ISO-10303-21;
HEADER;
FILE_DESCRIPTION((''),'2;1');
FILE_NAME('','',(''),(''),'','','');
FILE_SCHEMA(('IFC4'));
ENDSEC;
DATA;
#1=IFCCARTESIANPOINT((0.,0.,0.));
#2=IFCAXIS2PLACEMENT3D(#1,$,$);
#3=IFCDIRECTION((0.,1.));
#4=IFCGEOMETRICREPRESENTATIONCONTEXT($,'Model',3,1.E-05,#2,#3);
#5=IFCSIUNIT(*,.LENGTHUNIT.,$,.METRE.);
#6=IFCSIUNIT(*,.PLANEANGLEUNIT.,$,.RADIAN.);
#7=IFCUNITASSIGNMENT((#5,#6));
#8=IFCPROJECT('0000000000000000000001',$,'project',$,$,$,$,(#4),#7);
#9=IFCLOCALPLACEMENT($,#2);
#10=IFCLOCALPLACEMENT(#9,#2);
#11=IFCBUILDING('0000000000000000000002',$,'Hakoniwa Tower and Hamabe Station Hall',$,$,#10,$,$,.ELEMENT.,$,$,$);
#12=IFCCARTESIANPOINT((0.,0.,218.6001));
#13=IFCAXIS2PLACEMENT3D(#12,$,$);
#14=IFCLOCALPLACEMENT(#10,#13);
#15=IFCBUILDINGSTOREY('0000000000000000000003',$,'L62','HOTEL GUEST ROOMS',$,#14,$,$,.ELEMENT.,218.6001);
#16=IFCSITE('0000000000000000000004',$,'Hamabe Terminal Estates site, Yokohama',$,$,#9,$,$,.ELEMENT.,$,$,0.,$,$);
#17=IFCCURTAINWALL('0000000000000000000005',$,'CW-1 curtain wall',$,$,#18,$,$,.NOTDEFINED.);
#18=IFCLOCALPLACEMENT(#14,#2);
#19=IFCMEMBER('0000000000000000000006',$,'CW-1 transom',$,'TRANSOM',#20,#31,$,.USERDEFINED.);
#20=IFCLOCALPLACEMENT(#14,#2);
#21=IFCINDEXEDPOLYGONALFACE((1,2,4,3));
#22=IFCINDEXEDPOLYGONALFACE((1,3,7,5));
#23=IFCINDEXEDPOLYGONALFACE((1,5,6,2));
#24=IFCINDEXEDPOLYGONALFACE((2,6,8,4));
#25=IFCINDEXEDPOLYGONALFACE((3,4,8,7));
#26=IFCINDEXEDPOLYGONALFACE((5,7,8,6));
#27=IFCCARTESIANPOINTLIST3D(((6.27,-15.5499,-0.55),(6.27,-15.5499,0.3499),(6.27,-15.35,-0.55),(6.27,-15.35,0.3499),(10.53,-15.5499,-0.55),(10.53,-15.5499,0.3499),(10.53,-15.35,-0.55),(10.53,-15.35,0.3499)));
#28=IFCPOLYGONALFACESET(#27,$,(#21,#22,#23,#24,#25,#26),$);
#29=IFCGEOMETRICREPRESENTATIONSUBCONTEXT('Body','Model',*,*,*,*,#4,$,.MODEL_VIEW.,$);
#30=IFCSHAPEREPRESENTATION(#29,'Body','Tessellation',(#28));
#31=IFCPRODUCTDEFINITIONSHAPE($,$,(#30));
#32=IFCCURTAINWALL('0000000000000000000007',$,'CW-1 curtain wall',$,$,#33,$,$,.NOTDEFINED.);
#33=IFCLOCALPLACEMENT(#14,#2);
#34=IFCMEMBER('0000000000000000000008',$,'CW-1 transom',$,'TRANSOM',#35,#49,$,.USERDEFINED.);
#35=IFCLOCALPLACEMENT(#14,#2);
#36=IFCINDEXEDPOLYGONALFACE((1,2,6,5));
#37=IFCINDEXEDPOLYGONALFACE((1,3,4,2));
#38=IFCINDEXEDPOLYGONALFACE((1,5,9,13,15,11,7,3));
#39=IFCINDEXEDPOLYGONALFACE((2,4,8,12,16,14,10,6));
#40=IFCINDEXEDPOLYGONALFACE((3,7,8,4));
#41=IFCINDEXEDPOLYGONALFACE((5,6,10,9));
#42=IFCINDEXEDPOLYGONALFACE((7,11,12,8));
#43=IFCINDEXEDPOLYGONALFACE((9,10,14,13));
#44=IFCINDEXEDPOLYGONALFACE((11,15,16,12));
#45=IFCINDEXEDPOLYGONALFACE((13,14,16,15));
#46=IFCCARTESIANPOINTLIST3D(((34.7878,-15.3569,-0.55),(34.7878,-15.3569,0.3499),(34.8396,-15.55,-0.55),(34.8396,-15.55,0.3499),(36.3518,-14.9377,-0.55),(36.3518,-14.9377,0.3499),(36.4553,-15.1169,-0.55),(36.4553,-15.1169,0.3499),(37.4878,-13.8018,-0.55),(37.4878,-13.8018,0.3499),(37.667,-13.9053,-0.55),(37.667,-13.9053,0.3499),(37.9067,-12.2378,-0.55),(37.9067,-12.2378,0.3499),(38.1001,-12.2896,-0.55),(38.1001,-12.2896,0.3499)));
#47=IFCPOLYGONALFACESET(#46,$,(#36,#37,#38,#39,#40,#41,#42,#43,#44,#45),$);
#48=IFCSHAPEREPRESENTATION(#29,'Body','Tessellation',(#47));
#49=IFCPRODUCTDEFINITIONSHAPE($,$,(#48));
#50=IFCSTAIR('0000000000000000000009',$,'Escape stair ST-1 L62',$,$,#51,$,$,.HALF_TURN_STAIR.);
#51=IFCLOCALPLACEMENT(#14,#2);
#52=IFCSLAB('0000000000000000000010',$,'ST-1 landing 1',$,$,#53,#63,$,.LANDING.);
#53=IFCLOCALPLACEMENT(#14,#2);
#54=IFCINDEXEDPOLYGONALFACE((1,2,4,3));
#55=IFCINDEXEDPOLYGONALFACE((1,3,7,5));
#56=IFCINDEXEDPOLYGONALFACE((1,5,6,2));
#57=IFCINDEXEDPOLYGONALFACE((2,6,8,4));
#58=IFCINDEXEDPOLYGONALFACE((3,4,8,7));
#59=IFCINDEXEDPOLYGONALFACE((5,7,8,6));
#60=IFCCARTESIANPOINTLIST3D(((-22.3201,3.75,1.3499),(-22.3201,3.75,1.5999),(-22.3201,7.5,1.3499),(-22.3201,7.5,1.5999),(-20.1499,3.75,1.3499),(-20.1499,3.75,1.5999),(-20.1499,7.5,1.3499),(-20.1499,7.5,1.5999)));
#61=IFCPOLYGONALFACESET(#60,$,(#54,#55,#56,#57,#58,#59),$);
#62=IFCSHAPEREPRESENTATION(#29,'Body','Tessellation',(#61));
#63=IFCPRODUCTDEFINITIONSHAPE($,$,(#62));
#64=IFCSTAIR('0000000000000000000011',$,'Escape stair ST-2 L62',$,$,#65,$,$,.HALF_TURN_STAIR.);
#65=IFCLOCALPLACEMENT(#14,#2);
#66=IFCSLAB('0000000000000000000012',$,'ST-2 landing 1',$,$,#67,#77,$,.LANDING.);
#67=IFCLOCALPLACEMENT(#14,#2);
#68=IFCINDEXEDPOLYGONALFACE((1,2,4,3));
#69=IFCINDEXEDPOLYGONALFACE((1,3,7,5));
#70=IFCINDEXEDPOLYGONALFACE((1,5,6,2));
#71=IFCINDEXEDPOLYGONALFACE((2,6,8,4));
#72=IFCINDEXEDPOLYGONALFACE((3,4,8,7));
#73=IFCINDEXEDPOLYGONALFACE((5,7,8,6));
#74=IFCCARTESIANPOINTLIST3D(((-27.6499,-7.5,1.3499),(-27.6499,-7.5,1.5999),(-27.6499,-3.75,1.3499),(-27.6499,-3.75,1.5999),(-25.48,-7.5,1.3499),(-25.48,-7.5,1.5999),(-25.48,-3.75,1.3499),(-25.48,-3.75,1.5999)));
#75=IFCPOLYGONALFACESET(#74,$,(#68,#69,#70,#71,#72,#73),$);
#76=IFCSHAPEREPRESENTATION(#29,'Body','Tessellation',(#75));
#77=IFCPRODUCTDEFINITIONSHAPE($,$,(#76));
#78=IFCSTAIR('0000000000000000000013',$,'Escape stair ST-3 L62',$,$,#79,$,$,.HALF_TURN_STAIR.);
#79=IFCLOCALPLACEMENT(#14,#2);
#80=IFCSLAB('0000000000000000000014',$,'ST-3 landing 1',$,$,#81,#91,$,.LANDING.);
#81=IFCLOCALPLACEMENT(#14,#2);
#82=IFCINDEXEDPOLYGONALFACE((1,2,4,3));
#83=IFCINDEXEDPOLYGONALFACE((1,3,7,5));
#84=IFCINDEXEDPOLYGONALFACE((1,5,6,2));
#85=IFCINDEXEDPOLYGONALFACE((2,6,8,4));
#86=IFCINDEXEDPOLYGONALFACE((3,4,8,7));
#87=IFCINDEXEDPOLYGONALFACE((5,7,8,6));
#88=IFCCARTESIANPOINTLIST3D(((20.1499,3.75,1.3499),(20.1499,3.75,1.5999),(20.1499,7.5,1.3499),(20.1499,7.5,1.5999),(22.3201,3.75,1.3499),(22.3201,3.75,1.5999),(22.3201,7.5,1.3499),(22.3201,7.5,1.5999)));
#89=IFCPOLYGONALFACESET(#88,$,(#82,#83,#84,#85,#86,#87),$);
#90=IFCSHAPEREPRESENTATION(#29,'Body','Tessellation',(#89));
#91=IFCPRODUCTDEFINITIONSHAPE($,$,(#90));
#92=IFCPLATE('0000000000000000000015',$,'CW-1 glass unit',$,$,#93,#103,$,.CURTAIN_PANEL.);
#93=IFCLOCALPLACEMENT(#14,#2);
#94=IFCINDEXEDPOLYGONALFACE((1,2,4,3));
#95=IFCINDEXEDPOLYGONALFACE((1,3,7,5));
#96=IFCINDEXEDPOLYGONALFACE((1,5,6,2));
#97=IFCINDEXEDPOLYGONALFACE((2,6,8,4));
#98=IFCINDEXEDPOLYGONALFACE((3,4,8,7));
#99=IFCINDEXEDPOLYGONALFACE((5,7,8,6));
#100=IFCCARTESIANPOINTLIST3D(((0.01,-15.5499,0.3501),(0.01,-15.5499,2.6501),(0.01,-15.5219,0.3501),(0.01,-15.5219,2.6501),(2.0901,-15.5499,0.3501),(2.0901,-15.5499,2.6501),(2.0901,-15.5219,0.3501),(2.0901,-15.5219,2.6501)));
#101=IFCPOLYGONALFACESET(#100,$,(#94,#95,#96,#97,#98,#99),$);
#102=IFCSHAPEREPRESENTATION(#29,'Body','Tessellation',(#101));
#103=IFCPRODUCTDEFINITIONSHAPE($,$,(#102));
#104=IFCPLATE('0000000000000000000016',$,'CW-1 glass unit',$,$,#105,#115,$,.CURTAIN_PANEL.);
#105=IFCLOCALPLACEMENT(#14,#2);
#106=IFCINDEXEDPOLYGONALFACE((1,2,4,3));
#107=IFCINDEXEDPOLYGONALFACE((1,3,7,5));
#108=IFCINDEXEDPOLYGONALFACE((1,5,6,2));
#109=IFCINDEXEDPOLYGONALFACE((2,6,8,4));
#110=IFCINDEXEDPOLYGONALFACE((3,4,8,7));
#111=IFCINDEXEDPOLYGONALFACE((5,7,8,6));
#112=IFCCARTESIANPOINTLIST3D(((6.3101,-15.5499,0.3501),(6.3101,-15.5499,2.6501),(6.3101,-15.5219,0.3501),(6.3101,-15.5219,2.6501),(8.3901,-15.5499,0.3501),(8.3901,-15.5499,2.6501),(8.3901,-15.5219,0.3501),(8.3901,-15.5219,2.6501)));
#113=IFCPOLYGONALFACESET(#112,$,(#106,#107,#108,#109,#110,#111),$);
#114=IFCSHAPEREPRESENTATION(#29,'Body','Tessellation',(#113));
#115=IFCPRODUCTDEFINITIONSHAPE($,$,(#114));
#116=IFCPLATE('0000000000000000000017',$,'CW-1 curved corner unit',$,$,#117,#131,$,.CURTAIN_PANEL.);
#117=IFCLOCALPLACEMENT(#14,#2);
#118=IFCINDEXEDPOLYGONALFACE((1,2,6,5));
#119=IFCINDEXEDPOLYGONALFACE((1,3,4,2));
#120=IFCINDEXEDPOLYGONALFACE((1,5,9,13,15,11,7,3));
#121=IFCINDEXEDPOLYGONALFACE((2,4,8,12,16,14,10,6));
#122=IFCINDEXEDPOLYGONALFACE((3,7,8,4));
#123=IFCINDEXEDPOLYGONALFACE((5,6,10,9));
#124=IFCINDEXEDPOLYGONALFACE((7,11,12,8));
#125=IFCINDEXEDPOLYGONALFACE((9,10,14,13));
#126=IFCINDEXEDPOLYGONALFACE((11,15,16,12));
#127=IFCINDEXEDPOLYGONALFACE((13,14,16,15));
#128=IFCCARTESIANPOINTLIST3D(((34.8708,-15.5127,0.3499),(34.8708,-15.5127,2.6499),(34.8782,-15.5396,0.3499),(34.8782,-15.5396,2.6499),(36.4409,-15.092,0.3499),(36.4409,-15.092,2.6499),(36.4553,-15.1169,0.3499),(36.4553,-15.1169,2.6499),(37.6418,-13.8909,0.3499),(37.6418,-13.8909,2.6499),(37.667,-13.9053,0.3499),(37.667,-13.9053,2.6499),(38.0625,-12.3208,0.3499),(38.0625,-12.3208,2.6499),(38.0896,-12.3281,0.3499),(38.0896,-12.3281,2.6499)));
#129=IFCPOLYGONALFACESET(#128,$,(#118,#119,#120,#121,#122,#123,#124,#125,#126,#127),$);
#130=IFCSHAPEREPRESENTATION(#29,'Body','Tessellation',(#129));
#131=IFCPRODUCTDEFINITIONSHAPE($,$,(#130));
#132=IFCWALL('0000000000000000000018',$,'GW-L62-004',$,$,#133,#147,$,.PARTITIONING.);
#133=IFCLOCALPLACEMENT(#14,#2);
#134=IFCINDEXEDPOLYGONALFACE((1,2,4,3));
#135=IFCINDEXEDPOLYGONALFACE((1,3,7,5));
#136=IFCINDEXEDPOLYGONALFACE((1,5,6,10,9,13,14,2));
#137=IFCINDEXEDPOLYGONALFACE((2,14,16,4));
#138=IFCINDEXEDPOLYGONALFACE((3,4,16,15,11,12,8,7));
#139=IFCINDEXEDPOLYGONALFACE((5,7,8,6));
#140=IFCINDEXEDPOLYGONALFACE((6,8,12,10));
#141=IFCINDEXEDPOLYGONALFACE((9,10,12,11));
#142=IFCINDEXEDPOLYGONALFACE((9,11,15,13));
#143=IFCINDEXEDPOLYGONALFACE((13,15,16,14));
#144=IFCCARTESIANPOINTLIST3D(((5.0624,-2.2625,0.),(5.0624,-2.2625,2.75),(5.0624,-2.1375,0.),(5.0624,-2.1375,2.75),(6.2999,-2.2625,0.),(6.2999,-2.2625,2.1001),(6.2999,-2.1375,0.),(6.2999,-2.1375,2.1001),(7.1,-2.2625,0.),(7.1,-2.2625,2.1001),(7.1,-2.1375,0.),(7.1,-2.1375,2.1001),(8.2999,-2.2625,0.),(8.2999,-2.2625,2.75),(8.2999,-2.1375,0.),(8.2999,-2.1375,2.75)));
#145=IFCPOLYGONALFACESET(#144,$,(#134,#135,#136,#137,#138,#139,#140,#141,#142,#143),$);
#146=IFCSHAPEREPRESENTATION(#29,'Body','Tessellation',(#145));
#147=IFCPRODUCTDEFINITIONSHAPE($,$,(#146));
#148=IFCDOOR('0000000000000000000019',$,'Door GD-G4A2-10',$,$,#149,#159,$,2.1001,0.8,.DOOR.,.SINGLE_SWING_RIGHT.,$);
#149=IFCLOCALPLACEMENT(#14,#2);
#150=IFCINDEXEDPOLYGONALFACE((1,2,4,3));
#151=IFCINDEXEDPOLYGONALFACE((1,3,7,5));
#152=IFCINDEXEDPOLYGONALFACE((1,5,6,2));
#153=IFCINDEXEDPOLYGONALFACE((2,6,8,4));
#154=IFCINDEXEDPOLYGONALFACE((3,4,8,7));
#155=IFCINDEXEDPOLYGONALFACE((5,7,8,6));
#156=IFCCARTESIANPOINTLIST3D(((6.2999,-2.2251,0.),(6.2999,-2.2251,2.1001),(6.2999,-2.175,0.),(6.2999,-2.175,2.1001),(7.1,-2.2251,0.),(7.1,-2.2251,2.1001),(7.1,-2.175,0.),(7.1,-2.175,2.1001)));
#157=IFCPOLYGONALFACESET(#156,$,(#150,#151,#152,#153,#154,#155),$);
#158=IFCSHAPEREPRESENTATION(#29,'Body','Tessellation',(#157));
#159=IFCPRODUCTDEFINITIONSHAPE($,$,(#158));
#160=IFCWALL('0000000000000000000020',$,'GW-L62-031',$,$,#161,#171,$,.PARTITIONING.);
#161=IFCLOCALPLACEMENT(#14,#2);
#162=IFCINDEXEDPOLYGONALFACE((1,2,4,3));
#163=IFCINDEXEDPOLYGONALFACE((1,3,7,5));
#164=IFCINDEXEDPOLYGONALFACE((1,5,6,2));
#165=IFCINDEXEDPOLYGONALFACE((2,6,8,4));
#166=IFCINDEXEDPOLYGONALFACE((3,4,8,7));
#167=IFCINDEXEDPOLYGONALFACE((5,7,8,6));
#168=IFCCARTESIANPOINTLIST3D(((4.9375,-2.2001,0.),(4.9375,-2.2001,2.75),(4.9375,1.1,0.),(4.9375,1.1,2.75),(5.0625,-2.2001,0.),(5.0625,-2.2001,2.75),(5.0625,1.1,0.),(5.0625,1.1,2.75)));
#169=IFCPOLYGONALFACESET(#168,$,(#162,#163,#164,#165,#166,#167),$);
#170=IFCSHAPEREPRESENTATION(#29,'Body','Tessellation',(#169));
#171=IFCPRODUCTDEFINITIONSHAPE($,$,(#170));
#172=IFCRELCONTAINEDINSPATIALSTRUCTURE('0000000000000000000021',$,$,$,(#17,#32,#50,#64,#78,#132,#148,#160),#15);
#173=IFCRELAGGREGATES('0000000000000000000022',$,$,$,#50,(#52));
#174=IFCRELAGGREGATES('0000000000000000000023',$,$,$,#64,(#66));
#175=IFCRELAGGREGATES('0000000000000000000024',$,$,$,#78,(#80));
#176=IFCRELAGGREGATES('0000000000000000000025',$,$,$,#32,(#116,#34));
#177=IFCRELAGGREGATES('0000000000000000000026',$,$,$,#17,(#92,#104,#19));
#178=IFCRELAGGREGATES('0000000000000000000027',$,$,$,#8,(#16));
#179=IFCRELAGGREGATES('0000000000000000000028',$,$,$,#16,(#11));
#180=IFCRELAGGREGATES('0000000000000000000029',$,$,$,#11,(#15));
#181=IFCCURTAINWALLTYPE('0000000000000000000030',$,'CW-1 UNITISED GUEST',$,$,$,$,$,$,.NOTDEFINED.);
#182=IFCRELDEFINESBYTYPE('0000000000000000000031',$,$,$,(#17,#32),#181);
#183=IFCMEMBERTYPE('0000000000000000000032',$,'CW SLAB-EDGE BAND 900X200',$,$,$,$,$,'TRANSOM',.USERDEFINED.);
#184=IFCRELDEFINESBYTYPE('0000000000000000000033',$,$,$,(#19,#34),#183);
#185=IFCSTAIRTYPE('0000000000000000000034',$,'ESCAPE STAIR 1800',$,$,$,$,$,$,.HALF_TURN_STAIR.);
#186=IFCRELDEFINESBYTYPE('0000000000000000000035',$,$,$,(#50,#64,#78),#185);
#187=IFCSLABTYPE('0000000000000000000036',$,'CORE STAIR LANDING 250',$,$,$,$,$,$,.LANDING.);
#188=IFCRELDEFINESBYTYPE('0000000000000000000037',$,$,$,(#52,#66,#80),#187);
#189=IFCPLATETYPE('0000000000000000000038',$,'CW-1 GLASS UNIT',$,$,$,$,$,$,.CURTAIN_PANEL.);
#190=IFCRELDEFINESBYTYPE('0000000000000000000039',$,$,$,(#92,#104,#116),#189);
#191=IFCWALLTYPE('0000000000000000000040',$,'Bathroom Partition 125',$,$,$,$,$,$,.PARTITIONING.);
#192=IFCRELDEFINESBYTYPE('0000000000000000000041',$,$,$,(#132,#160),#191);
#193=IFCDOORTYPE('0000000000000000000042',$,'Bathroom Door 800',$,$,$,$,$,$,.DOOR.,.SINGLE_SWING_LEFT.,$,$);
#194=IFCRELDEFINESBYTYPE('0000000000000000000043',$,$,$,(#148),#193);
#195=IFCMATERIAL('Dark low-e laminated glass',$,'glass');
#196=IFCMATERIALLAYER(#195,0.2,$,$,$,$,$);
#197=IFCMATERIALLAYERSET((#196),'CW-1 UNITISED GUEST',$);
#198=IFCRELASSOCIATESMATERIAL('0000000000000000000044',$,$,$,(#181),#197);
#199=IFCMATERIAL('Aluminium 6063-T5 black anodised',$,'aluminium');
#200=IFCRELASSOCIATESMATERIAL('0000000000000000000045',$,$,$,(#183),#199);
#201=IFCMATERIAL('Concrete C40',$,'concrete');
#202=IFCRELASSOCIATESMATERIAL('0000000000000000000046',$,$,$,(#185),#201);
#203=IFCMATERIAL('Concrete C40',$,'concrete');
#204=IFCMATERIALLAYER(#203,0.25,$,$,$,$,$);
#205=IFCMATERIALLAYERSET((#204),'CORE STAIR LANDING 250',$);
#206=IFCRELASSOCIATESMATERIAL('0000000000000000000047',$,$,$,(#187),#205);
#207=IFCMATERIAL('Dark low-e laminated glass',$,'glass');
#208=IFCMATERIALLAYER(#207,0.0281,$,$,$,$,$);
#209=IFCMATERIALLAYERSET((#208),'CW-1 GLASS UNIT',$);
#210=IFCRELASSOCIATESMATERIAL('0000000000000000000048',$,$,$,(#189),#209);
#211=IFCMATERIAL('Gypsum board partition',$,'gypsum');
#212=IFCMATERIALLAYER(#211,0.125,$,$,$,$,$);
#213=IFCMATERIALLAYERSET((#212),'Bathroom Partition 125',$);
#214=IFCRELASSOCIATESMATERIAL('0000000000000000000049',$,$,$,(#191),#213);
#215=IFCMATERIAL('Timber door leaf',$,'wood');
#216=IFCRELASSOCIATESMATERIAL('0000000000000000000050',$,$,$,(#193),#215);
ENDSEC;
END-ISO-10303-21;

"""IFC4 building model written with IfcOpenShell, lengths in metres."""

from ifc_helpers import new_model, si_unit, direction, frame, frame_2d, origin, origin_2d, place, context, subcontext, project, spatial, polyline, rectangle, outline, extrude, material, layer, layer_set, material_profile, profile_set, type_object, element, fill, aggregate, save


model = new_model("IFC4")

# Units and contexts
model_context = context("Model", 3, precision=1e-05, world=origin(), true_north=direction((0.0, 1.0)))
body_context = subcontext(model_context, "Body", "Model", "MODEL_VIEW")
ifc_project = project(units=[si_unit("LENGTHUNIT", "METRE"), si_unit("PLANEANGLEUNIT", "RADIAN")], contexts=[model_context])

# Site, building, storey
site_placement = place(None, origin())
site = spatial("IfcSite", under=ifc_project, at=site_placement, Name="Hamabe Terminal Estates site, Yokohama", CompositionType="ELEMENT", RefElevation=0.0)
building_placement = place(site_placement, origin())
building = spatial("IfcBuilding", under=site, at=building_placement, Name="Hakoniwa Tower and Hamabe Station Hall", CompositionType="ELEMENT")
storey_placement = place(building_placement, frame((0.0, 0.0, 218.6001)))
storey = spatial("IfcBuildingStorey", under=building, at=storey_placement, Name="L62", Description="HOTEL GUEST ROOMS", CompositionType="ELEMENT", Elevation=218.6001)

# Curtain walls, members
ifc_material_1 = material(Name="Dark low-e laminated glass", Category="glass")
ifc_layer_1 = layer(ifc_material_1, 0.2)
ifc_layer_set_1 = layer_set([ifc_layer_1], Name="CW-1 UNITISED GUEST")
curtain_wall_type = type_object("IfcCurtainWallType", Name="CW-1 UNITISED GUEST", PredefinedType="NOTDEFINED", material=ifc_layer_set_1)
curtain_wall_1_placement = place(storey_placement, origin())
curtain_wall_1 = element("IfcCurtainWall", 1, at=curtain_wall_1_placement, inside=storey, type_object=curtain_wall_type, Name="CW-1 curtain wall", PredefinedType="NOTDEFINED")
ifc_material_2 = material(Name="Aluminium 6063-T5 black anodised", Category="aluminium")
ifc_material_profile = material_profile(ifc_material_2, rectangle(XDim=0.2, YDim=0.8999, at=origin_2d()), Name="CW SLAB-EDGE BAND 900X200")
ifc_profile_set = profile_set([ifc_material_profile], Name="Aluminium 6063-T5 black anodised")
member_type = type_object("IfcMemberType", Name="CW SLAB-EDGE BAND 900X200", ElementType="TRANSOM", PredefinedType="USERDEFINED", material=ifc_profile_set)
member_1_placement = place(storey_placement, frame((6.27, -15.45, -0.1001), z_axis=(1.0, 0.0, 0.0), x_axis=(0.0, 1.0, 0.0)))
member_1 = element("IfcMember", 2, at=member_1_placement, type_object=member_type, Name="CW-1 transom", ObjectType="TRANSOM", PredefinedType="USERDEFINED", context=body_context, shape_type="SweptSolid", body=[
    extrude(rectangle(XDim=0.2, YDim=0.8999, at=origin_2d()), origin(), (0.0, 0.0, 1.0), 4.26),
])
curtain_wall_2_placement = place(storey_placement, origin())
curtain_wall_2 = element("IfcCurtainWall", 3, at=curtain_wall_2_placement, inside=storey, type_object=curtain_wall_type, Name="CW-1 curtain wall", PredefinedType="NOTDEFINED")
member_2_placement = place(storey_placement, frame((0.0, 0.0, -0.55)))
member_2 = element("IfcMember", 4, at=member_2_placement, type_object=member_type, Name="CW-1 transom", ObjectType="TRANSOM", PredefinedType="USERDEFINED", context=body_context, shape_type="SweptSolid", body=[
    extrude(outline(polyline([(34.8396, -15.55), (36.4553, -15.1169), (37.667, -13.9053), (38.1001, -12.2896), (37.9067, -12.2378), (37.4878, -13.8018), (36.3518, -14.9377), (34.7878, -15.3569), (34.8396, -15.55)])), origin(), (0.0, 0.0, 1.0), 0.8999),
])

# Stairs, slabs
ifc_material_3 = material(Name="Concrete C40", Category="concrete")
stair_type = type_object("IfcStairType", Name="ESCAPE STAIR 1800", PredefinedType="HALF_TURN_STAIR", material=ifc_material_3)
stair_1_placement = place(storey_placement, origin())
stair_1 = element("IfcStair", 5, at=stair_1_placement, inside=storey, type_object=stair_type, Name="Escape stair ST-1 L62", PredefinedType="HALF_TURN_STAIR")
ifc_material_4 = material(Name="Concrete C40", Category="concrete")
ifc_layer_2 = layer(ifc_material_4, 0.25)
ifc_layer_set_2 = layer_set([ifc_layer_2], Name="CORE STAIR LANDING 250")
slab_type = type_object("IfcSlabType", Name="CORE STAIR LANDING 250", PredefinedType="LANDING", material=ifc_layer_set_2)
slab_1_placement = place(storey_placement, frame((0.0, 0.0, 1.3499)))
slab_1 = element("IfcSlab", 6, at=slab_1_placement, type_object=slab_type, Name="ST-1 landing 1", PredefinedType="LANDING", context=body_context, shape_type="SweptSolid", body=[
    extrude(outline(polyline([(-22.3201, 3.75), (-20.1499, 3.75), (-20.1499, 7.5), (-22.3201, 7.5), (-22.3201, 3.75)])), origin(), (0.0, 0.0, 1.0), 0.25),
])
aggregate(stair_1, [slab_1])
stair_2_placement = place(storey_placement, origin())
stair_2 = element("IfcStair", 7, at=stair_2_placement, inside=storey, type_object=stair_type, Name="Escape stair ST-2 L62", PredefinedType="HALF_TURN_STAIR")
slab_2_placement = place(storey_placement, frame((0.0, 0.0, 1.3499)))
slab_2 = element("IfcSlab", 8, at=slab_2_placement, type_object=slab_type, Name="ST-2 landing 1", PredefinedType="LANDING", context=body_context, shape_type="SweptSolid", body=[
    extrude(outline(polyline([(-25.48, -7.5), (-27.6499, -7.5), (-27.6499, -3.75), (-25.48, -3.75), (-25.48, -7.5)])), origin(), (0.0, 0.0, 1.0), 0.25),
])
aggregate(stair_2, [slab_2])
stair_3_placement = place(storey_placement, origin())
stair_3 = element("IfcStair", 9, at=stair_3_placement, inside=storey, type_object=stair_type, Name="Escape stair ST-3 L62", PredefinedType="HALF_TURN_STAIR")
slab_3_placement = place(storey_placement, frame((0.0, 0.0, 1.3499)))
slab_3 = element("IfcSlab", 10, at=slab_3_placement, type_object=slab_type, Name="ST-3 landing 1", PredefinedType="LANDING", context=body_context, shape_type="SweptSolid", body=[
    extrude(outline(polyline([(22.3201, 3.75), (20.1499, 3.75), (20.1499, 7.5), (22.3201, 7.5), (22.3201, 3.75)])), origin(), (0.0, 0.0, 1.0), 0.25),
])
aggregate(stair_3, [slab_3])

# Plates
ifc_material_5 = material(Name="Dark low-e laminated glass", Category="glass")
ifc_layer_3 = layer(ifc_material_5, 0.0281)
ifc_layer_set_3 = layer_set([ifc_layer_3], Name="CW-1 GLASS UNIT")
plate_type = type_object("IfcPlateType", Name="CW-1 GLASS UNIT", PredefinedType="CURTAIN_PANEL", material=ifc_layer_set_3)
plate_1_placement = place(storey_placement, frame((1.05, -15.5359, 0.3501), z_axis=(0.0, 0.0, 1.0), x_axis=(1.0, 0.0, 0.0)))
plate_1 = element("IfcPlate", 11, at=plate_1_placement, type_object=plate_type, Name="CW-1 glass unit", PredefinedType="CURTAIN_PANEL", context=body_context, shape_type="SweptSolid", body=[
    extrude(rectangle(XDim=2.0801, YDim=0.0281, at=origin_2d()), origin(), (0.0, 0.0, 1.0), 2.3),
])
plate_2_placement = place(storey_placement, frame((7.3501, -15.5359, 0.3501), z_axis=(0.0, 0.0, 1.0), x_axis=(1.0, 0.0, 0.0)))
plate_2 = element("IfcPlate", 12, at=plate_2_placement, type_object=plate_type, Name="CW-1 glass unit", PredefinedType="CURTAIN_PANEL", context=body_context, shape_type="SweptSolid", body=[
    extrude(rectangle(XDim=2.0801, YDim=0.0281, at=origin_2d()), origin(), (0.0, 0.0, 1.0), 2.3),
])
plate_3_placement = place(storey_placement, frame((0.0, 0.0, 0.3499)))
plate_3 = element("IfcPlate", 13, at=plate_3_placement, type_object=plate_type, Name="CW-1 curved corner unit", PredefinedType="CURTAIN_PANEL", context=body_context, shape_type="SweptSolid", body=[
    extrude(outline(polyline([(34.8782, -15.5396), (36.4553, -15.1169), (37.667, -13.9053), (38.0896, -12.3281), (38.0625, -12.3208), (37.6418, -13.8909), (36.4409, -15.092), (34.8708, -15.5127), (34.8782, -15.5396)])), origin(), (0.0, 0.0, 1.0), 2.3),
])
aggregate(curtain_wall_2, [plate_3, member_2])

# Wall, opening, door
ifc_material_6 = material(Name="Gypsum board partition", Category="gypsum")
ifc_layer_4 = layer(ifc_material_6, 0.125)
ifc_layer_set_4 = layer_set([ifc_layer_4], Name="Bathroom Partition 125")
wall_type_1 = type_object("IfcWallType", Name="Bathroom Partition 125", PredefinedType="PARTITIONING", material=ifc_layer_set_4)
wall_1_placement = place(storey_placement, frame((5.0625, -2.2, 0.0), z_axis=(0.0, 0.0, 1.0), x_axis=(1.0, 0.0, 0.0)))
wall_1 = element("IfcWall", 14, at=wall_1_placement, inside=storey, type_object=wall_type_1, Name="GW-L62-004", PredefinedType="PARTITIONING", context=body_context, shape_type="SweptSolid", body=[
    extrude(rectangle(XDim=3.2375, YDim=0.125, at=frame_2d((1.6187, 0.0))), origin(), (0.0, 0.0, 1.0), 2.75),
])
opening_1_placement = place(wall_1_placement, frame((1.2375, 0.0, 0.0)))
opening_1 = element("IfcOpeningElement", 15, at=opening_1_placement, cuts=wall_1, PredefinedType="OPENING", context=body_context, shape_type="SweptSolid", body=[
    extrude(rectangle(XDim=0.8, YDim=2.1001, at=frame_2d((0.3999, 1.05))), frame((0.0, 0.0725, 0.0), z_axis=(0.0, -1.0, 0.0), x_axis=(1.0, 0.0, 0.0)), (0.0, 0.0, 1.0), 0.145),
])
ifc_material_7 = material(Name="Timber door leaf", Category="wood")
door_type_1 = type_object("IfcDoorType", Name="Bathroom Door 800", OperationType="SINGLE_SWING_LEFT", PredefinedType="DOOR", material=ifc_material_7)
door_1_placement = place(opening_1_placement, origin())
door_1 = element("IfcDoor", 16, at=door_1_placement, inside=storey, type_object=door_type_1, Name="Door GD-G4A2-10", OperationType="SINGLE_SWING_RIGHT", OverallHeight=2.1001, OverallWidth=0.8, PredefinedType="DOOR", context=body_context, shape_type="SweptSolid", body=[
    extrude(rectangle(XDim=0.8, YDim=2.1001, at=frame_2d((0.3999, 1.05))), frame((0.0, 0.0249, 0.0), z_axis=(0.0, -1.0, 0.0), x_axis=(1.0, 0.0, 0.0)), (0.0, 0.0, 1.0), 0.05),
])
fill(opening_1, door_1)

# Wall
wall_2_placement = place(storey_placement, frame((5.0, -2.2, 0.0), z_axis=(0.0, 0.0, 1.0), x_axis=(0.0, 1.0, 0.0)))
element("IfcWall", 17, at=wall_2_placement, inside=storey, type_object=wall_type_1, Name="GW-L62-031", PredefinedType="PARTITIONING", context=body_context, shape_type="SweptSolid", body=[
    extrude(rectangle(XDim=3.3, YDim=0.125, at=frame_2d((1.6499, 0.0))), origin(), (0.0, 0.0, 1.0), 2.75),
])

aggregate(curtain_wall_1, [plate_1, plate_2, member_1])

save(model, "model.ifc")
